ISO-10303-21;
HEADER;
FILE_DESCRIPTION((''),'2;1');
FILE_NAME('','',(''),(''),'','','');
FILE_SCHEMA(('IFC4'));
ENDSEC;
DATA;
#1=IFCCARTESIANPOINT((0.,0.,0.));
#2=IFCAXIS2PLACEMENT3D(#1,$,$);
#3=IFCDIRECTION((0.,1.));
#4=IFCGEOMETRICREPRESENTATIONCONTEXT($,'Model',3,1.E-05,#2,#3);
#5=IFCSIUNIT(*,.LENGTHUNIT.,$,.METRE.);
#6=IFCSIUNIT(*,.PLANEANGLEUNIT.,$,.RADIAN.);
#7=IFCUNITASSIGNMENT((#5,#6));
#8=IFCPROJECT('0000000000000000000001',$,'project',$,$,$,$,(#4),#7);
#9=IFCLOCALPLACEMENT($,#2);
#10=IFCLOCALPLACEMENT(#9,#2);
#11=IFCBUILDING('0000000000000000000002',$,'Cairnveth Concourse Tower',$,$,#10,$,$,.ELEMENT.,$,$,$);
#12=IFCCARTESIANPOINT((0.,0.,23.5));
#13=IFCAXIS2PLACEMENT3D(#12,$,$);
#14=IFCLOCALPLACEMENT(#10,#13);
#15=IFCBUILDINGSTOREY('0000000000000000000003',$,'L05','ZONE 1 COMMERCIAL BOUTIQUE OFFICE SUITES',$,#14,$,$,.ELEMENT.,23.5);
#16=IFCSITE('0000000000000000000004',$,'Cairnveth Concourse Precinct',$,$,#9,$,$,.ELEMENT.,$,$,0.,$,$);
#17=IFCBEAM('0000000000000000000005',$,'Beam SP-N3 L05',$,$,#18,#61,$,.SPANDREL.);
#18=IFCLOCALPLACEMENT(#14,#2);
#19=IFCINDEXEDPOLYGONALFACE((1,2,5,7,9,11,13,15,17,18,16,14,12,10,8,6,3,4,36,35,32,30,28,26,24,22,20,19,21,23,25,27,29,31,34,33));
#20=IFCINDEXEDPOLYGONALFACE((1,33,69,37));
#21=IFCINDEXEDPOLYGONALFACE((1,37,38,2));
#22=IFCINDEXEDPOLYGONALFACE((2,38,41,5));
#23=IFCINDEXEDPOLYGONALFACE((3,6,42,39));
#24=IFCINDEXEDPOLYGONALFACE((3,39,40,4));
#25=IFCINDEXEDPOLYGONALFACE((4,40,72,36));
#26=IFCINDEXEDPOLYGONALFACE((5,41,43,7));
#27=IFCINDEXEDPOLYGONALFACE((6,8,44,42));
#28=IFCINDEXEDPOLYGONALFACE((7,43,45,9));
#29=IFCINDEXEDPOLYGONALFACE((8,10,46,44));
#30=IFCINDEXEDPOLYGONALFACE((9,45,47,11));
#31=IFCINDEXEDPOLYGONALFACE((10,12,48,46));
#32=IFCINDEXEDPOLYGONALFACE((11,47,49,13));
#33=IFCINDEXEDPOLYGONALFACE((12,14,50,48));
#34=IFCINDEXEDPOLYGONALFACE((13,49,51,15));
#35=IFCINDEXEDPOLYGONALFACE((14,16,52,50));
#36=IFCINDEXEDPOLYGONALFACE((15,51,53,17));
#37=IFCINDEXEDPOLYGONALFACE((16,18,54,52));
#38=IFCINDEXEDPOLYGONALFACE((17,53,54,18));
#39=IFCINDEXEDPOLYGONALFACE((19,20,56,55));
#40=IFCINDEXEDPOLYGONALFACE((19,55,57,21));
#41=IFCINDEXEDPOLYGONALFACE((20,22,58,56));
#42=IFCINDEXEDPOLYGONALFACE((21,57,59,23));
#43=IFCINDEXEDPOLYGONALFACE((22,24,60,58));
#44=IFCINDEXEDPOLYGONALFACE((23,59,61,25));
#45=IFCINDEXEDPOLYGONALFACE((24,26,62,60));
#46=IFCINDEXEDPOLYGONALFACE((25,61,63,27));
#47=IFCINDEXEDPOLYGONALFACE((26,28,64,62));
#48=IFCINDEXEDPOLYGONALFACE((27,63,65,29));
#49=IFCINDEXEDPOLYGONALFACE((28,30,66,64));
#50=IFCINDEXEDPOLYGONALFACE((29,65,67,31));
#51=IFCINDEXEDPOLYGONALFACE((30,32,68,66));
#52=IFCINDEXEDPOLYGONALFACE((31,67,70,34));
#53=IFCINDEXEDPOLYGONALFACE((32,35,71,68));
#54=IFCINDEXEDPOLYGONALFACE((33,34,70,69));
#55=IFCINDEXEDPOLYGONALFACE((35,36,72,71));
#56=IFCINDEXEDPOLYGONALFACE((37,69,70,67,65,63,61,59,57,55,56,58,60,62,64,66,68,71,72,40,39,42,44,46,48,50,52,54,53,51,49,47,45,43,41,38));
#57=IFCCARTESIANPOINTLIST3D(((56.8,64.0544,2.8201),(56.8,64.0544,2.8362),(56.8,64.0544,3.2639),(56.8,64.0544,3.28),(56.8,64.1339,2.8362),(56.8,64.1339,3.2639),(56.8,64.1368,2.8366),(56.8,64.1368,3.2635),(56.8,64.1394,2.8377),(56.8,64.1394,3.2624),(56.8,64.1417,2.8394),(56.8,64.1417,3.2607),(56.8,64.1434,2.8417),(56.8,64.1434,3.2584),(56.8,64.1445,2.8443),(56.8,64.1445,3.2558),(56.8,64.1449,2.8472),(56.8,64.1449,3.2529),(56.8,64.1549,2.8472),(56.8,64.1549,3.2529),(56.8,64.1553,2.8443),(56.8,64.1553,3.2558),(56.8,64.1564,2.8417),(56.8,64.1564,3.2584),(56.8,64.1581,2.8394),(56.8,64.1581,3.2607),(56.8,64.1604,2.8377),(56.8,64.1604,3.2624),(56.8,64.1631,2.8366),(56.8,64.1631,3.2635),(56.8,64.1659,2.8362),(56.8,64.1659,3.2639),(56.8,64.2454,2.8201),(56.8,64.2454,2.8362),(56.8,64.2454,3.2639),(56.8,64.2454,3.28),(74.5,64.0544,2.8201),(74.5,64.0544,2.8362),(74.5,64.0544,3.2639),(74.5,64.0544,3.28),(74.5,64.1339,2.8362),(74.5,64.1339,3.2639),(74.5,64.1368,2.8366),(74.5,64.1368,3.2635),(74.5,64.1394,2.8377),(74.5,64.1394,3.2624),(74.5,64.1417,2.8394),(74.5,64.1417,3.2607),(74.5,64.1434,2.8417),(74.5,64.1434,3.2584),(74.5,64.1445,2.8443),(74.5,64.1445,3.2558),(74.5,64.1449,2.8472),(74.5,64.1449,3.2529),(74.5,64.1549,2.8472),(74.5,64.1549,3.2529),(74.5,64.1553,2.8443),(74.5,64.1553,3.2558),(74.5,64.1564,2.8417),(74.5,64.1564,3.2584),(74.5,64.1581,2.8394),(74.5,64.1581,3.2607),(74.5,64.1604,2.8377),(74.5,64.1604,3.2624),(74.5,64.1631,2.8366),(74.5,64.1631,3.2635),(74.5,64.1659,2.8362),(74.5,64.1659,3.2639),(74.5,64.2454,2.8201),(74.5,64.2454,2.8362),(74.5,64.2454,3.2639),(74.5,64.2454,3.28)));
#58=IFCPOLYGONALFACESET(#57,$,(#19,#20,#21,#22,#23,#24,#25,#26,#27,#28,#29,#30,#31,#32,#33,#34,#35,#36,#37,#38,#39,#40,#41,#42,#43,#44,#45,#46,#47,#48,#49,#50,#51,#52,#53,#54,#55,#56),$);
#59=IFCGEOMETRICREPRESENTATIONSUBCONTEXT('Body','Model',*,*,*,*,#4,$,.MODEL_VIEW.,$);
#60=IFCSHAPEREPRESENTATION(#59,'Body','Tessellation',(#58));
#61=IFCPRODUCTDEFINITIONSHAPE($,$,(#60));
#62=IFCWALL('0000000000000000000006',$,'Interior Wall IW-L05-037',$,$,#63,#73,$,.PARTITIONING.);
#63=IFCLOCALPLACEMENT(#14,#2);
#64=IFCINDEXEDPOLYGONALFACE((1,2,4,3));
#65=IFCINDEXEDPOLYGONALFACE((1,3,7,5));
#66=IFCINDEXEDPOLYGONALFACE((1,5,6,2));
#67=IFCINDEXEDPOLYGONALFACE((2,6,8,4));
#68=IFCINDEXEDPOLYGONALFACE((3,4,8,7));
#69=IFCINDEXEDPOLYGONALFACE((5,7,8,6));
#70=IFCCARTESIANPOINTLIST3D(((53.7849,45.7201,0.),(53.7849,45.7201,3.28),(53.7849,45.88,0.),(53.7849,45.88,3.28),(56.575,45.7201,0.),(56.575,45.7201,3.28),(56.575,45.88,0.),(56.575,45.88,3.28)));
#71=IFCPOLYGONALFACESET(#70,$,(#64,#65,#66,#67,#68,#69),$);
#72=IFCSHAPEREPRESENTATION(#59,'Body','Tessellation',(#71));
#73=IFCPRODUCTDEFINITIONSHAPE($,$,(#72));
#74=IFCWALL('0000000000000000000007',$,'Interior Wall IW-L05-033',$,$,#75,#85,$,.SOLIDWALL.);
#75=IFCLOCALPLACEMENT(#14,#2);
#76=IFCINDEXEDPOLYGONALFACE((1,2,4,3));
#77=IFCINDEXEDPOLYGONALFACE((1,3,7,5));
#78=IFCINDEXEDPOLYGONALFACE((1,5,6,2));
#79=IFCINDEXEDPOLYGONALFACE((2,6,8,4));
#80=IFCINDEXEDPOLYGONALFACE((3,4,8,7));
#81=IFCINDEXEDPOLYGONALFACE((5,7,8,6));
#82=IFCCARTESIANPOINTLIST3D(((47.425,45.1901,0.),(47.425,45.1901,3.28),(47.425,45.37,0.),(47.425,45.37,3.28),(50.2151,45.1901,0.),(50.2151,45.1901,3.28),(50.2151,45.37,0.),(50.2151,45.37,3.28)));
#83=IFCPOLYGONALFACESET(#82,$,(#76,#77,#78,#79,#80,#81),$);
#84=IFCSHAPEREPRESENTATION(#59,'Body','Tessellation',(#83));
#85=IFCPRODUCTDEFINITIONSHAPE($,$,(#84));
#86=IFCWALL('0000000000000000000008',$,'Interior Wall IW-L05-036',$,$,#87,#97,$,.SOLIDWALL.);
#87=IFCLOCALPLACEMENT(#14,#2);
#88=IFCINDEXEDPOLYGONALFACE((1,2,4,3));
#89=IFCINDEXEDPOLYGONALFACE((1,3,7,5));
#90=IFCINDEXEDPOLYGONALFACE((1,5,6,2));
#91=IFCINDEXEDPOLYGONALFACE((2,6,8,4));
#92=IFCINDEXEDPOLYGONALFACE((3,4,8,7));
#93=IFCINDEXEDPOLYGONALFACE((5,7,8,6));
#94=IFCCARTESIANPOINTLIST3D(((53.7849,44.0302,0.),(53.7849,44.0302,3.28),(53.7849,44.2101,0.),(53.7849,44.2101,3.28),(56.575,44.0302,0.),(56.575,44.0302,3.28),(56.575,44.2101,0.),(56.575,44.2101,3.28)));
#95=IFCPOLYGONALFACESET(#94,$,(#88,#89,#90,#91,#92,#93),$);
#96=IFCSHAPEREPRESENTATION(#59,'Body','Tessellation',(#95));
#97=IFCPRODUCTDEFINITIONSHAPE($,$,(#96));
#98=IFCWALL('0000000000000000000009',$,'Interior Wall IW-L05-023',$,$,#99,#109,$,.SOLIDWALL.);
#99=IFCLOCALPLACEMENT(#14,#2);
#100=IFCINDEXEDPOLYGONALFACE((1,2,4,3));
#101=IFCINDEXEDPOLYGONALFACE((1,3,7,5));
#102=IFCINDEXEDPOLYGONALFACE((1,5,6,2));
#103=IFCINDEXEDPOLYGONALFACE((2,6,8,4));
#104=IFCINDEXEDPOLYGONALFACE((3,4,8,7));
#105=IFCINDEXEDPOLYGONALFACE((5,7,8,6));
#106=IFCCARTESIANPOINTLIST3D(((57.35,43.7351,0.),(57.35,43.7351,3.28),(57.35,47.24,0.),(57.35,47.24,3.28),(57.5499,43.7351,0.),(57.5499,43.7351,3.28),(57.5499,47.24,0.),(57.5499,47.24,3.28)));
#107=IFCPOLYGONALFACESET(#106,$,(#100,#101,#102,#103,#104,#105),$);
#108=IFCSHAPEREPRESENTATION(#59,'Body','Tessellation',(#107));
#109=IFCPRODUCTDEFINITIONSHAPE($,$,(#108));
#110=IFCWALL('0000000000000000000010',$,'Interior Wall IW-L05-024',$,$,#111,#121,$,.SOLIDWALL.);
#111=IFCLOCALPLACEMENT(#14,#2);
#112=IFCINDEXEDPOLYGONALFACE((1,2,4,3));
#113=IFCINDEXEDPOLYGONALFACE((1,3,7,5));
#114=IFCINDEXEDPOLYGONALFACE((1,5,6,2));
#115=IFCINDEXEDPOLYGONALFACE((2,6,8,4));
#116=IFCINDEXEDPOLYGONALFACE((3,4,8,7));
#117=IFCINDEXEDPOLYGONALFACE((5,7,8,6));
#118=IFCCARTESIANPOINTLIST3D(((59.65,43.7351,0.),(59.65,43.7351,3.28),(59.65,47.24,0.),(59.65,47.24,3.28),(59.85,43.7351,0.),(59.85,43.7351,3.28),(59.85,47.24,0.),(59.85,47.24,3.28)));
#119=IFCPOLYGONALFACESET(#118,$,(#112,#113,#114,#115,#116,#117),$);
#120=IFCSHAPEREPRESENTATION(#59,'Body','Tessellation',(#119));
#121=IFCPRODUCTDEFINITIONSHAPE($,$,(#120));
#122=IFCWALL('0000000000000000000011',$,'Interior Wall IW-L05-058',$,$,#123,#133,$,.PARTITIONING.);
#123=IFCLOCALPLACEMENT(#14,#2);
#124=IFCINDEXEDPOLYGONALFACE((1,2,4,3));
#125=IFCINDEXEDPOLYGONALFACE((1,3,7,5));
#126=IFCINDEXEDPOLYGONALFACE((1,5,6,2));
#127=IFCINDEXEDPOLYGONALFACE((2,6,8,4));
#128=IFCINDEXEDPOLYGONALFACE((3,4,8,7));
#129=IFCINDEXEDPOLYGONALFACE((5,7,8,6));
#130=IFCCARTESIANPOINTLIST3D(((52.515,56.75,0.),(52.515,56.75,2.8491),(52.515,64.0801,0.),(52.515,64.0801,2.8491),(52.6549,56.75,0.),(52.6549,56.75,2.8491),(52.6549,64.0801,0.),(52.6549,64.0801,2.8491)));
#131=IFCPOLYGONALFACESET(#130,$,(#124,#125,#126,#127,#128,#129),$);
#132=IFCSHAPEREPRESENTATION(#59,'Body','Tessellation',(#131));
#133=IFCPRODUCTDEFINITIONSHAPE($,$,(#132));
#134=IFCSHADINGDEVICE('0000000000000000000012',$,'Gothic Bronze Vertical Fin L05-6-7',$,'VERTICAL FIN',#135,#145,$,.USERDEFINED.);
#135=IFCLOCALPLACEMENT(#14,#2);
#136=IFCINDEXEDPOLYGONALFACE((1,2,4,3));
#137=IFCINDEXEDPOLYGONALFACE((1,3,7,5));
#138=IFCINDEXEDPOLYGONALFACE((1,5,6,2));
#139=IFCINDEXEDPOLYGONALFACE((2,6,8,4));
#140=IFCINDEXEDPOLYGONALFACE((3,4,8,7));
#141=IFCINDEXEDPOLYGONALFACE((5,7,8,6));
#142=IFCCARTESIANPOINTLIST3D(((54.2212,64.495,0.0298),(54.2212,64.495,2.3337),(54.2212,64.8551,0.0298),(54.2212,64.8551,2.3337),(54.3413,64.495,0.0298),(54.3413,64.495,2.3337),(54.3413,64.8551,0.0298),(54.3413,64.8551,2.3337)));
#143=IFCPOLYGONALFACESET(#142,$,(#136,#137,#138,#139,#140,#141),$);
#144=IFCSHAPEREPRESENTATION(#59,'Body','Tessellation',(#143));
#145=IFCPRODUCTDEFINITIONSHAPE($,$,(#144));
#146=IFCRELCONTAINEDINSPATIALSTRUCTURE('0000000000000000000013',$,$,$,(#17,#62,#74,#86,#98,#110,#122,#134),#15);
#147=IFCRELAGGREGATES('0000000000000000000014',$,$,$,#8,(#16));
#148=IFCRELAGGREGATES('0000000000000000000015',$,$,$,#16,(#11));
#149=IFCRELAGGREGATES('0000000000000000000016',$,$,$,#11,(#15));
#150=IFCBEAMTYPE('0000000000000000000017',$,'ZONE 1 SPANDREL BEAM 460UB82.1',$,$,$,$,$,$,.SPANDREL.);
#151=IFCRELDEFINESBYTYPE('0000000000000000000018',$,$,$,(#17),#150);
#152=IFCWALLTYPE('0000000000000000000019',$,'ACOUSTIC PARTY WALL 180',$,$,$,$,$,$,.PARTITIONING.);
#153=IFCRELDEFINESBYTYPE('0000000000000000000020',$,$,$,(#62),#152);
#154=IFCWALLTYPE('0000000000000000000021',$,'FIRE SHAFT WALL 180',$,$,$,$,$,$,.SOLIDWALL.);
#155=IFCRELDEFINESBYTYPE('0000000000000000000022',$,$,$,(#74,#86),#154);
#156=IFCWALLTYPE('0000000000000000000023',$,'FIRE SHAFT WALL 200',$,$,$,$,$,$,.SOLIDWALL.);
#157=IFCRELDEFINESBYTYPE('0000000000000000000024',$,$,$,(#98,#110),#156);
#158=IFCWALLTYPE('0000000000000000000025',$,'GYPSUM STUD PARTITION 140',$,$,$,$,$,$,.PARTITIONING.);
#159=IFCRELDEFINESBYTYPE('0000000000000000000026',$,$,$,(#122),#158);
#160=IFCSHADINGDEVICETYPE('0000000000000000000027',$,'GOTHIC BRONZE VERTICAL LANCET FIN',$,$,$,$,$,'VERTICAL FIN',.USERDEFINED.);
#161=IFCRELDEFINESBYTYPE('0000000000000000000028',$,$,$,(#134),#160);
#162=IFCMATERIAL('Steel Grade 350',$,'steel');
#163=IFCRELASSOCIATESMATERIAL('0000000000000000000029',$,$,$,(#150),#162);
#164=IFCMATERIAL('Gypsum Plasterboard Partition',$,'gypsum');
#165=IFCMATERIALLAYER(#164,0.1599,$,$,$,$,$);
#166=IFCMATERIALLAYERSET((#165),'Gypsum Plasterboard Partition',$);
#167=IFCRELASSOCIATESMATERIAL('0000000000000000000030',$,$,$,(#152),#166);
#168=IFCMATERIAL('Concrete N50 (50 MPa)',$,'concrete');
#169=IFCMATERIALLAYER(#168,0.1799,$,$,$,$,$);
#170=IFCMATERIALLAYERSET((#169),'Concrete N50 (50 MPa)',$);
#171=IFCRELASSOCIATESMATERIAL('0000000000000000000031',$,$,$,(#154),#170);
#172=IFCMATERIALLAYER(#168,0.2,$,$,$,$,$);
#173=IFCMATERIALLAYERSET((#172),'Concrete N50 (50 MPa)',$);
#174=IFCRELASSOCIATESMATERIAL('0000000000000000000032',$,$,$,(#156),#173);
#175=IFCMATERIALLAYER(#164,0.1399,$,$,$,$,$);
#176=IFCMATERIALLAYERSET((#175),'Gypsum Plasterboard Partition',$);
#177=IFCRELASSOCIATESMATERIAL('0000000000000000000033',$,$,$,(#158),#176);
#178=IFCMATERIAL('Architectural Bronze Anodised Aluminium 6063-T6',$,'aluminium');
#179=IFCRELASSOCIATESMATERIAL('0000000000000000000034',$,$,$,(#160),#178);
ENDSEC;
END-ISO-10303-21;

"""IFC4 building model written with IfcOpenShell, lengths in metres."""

from ifc_helpers import new_model, si_unit, direction, frame, frame_2d, origin, origin_2d, place, context, subcontext, project, spatial, rectangle, i_section, extrude, material, layer, layer_set, material_profile, profile_set, type_object, element, save


model = new_model("IFC4")

# Units and contexts
model_context = context("Model", 3, precision=1e-05, world=origin(), true_north=direction((0.0, 1.0)))
body_context = subcontext(model_context, "Body", "Model", "MODEL_VIEW")
ifc_project = project(units=[si_unit("LENGTHUNIT", "METRE"), si_unit("PLANEANGLEUNIT", "RADIAN")], contexts=[model_context])

# Site, building, storey
site_placement = place(None, origin())
site = spatial("IfcSite", under=ifc_project, at=site_placement, Name="Cairnveth Concourse Precinct", CompositionType="ELEMENT", RefElevation=0.0)
building_placement = place(site_placement, origin())
building = spatial("IfcBuilding", under=site, at=building_placement, Name="Cairnveth Concourse Tower", CompositionType="ELEMENT")
storey_placement = place(building_placement, frame((0.0, 0.0, 23.5)))
storey = spatial("IfcBuildingStorey", under=building, at=storey_placement, Name="L05", Description="ZONE 1 COMMERCIAL BOUTIQUE OFFICE SUITES", CompositionType="ELEMENT", Elevation=23.5)

# Beam
ifc_material_1 = material(Name="Steel Grade 350", Category="steel")
ifc_material_profile_1 = material_profile(ifc_material_1, i_section(OverallWidth=0.1909, OverallDepth=0.46, WebThickness=0.01, FlangeThickness=0.0161, FilletRadius=0.011, at=origin_2d()), Name="460UB82.1")
ifc_profile_set_1 = profile_set([ifc_material_profile_1], Name="Steel Grade 350")
beam_type_1 = type_object("IfcBeamType", Name="ZONE 1 SPANDREL BEAM 460UB82.1", PredefinedType="SPANDREL", material=ifc_profile_set_1)
beam_1_placement = place(storey_placement, frame((56.8, 64.1499, 3.05), z_axis=(1.0, 0.0, 0.0), x_axis=(0.0, 1.0, 0.0)))
element("IfcBeam", 1, at=beam_1_placement, inside=storey, type_object=beam_type_1, Name="Beam SP-N3 L05", PredefinedType="SPANDREL", context=body_context, shape_type="SweptSolid", body=[
    extrude(i_section(OverallWidth=0.1909, OverallDepth=0.46, WebThickness=0.01, FlangeThickness=0.0161, FilletRadius=0.011, at=origin_2d()), origin(), (0.0, 0.0, 1.0), 17.7),
])

# Walls
ifc_material_2 = material(Name="Gypsum Plasterboard Partition", Category="gypsum")
ifc_layer_1 = layer(ifc_material_2, 0.1599)
ifc_layer_set_1 = layer_set([ifc_layer_1], Name="Gypsum Plasterboard Partition")
wall_type_1 = type_object("IfcWallType", Name="ACOUSTIC PARTY WALL 180", PredefinedType="PARTITIONING", material=ifc_layer_set_1)
wall_1_placement = place(storey_placement, frame((53.7849, 45.8, 0.0), z_axis=(0.0, 0.0, 1.0), x_axis=(1.0, 0.0, 0.0)))
element("IfcWall", 2, at=wall_1_placement, inside=storey, type_object=wall_type_1, Name="Interior Wall IW-L05-037", PredefinedType="PARTITIONING", context=body_context, shape_type="SweptSolid", body=[
    extrude(rectangle(XDim=2.79, YDim=0.1599, at=frame_2d((1.395, 0.0))), origin(), (0.0, 0.0, 1.0), 3.28),
])
ifc_material_3 = material(Name="Concrete N50 (50 MPa)", Category="concrete")
ifc_layer_2 = layer(ifc_material_3, 0.1799)
ifc_layer_set_2 = layer_set([ifc_layer_2], Name="Concrete N50 (50 MPa)")
wall_type_2 = type_object("IfcWallType", Name="FIRE SHAFT WALL 180", PredefinedType="SOLIDWALL", material=ifc_layer_set_2)
for number, where, z_axis, x_axis, name in (
    (3, (47.425, 45.28, 0.0), (0.0, 0.0, 1.0), (1.0, 0.0, 0.0), "Interior Wall IW-L05-033"),
    (4, (53.7849, 44.1201, 0.0), (0.0, 0.0, 1.0), (1.0, 0.0, 0.0), "Interior Wall IW-L05-036"),
):
    element("IfcWall", number, at=place(storey_placement, frame(where, z_axis=z_axis, x_axis=x_axis)), inside=storey, type_object=wall_type_2, Name=name, PredefinedType="SOLIDWALL", context=body_context, shape_type="SweptSolid", body=[
        extrude(rectangle(XDim=2.79, YDim=0.1799, at=frame_2d((1.395, 0.0))), origin(), (0.0, 0.0, 1.0), 3.28),
    ])
ifc_layer_3 = layer(ifc_material_3, 0.2)
ifc_layer_set_3 = layer_set([ifc_layer_3], Name="Concrete N50 (50 MPa)")
wall_type_3 = type_object("IfcWallType", Name="FIRE SHAFT WALL 200", PredefinedType="SOLIDWALL", material=ifc_layer_set_3)
for number, where, z_axis, x_axis, name in (
    (5, (57.45, 43.7351, 0.0), (0.0, 0.0, 1.0), (0.0, 1.0, 0.0), "Interior Wall IW-L05-023"),
    (6, (59.75, 43.7351, 0.0), (0.0, 0.0, 1.0), (0.0, 1.0, 0.0), "Interior Wall IW-L05-024"),
):
    element("IfcWall", number, at=place(storey_placement, frame(where, z_axis=z_axis, x_axis=x_axis)), inside=storey, type_object=wall_type_3, Name=name, PredefinedType="SOLIDWALL", context=body_context, shape_type="SweptSolid", body=[
        extrude(rectangle(XDim=3.5049, YDim=0.2, at=frame_2d((1.7524, 0.0))), origin(), (0.0, 0.0, 1.0), 3.28),
    ])
ifc_layer_4 = layer(ifc_material_2, 0.1399)
ifc_layer_set_4 = layer_set([ifc_layer_4], Name="Gypsum Plasterboard Partition")
wall_type_4 = type_object("IfcWallType", Name="GYPSUM STUD PARTITION 140", PredefinedType="PARTITIONING", material=ifc_layer_set_4)
wall_2_placement = place(storey_placement, frame((52.585, 56.75, 0.0), z_axis=(0.0, 0.0, 1.0), x_axis=(0.0, 1.0, 0.0)))
element("IfcWall", 7, at=wall_2_placement, inside=storey, type_object=wall_type_4, Name="Interior Wall IW-L05-058", PredefinedType="PARTITIONING", context=body_context, shape_type="SweptSolid", body=[
    extrude(rectangle(XDim=7.3301, YDim=0.1399, at=frame_2d((3.665, 0.0))), origin(), (0.0, 0.0, 1.0), 2.8491),
])

# Shading device
ifc_material_4 = material(Name="Architectural Bronze Anodised Aluminium 6063-T6", Category="aluminium")
shading_device_type = type_object("IfcShadingDeviceType", Name="GOTHIC BRONZE VERTICAL LANCET FIN", ElementType="VERTICAL FIN", PredefinedType="USERDEFINED", material=ifc_material_4)
shading_device_placement = place(storey_placement, frame((54.2812, 64.675, 0.0298), z_axis=(0.0, 0.0, 1.0), x_axis=(1.0, 0.0, 0.0)))
element("IfcShadingDevice", 8, at=shading_device_placement, inside=storey, type_object=shading_device_type, Name="Gothic Bronze Vertical Fin L05-6-7", ObjectType="VERTICAL FIN", PredefinedType="USERDEFINED", context=body_context, shape_type="SweptSolid", body=[
    extrude(rectangle(XDim=0.1201, YDim=0.3601, at=origin_2d()), origin(), (0.0, 0.0, 1.0), 2.304),
])

save(model, "model.ifc")
